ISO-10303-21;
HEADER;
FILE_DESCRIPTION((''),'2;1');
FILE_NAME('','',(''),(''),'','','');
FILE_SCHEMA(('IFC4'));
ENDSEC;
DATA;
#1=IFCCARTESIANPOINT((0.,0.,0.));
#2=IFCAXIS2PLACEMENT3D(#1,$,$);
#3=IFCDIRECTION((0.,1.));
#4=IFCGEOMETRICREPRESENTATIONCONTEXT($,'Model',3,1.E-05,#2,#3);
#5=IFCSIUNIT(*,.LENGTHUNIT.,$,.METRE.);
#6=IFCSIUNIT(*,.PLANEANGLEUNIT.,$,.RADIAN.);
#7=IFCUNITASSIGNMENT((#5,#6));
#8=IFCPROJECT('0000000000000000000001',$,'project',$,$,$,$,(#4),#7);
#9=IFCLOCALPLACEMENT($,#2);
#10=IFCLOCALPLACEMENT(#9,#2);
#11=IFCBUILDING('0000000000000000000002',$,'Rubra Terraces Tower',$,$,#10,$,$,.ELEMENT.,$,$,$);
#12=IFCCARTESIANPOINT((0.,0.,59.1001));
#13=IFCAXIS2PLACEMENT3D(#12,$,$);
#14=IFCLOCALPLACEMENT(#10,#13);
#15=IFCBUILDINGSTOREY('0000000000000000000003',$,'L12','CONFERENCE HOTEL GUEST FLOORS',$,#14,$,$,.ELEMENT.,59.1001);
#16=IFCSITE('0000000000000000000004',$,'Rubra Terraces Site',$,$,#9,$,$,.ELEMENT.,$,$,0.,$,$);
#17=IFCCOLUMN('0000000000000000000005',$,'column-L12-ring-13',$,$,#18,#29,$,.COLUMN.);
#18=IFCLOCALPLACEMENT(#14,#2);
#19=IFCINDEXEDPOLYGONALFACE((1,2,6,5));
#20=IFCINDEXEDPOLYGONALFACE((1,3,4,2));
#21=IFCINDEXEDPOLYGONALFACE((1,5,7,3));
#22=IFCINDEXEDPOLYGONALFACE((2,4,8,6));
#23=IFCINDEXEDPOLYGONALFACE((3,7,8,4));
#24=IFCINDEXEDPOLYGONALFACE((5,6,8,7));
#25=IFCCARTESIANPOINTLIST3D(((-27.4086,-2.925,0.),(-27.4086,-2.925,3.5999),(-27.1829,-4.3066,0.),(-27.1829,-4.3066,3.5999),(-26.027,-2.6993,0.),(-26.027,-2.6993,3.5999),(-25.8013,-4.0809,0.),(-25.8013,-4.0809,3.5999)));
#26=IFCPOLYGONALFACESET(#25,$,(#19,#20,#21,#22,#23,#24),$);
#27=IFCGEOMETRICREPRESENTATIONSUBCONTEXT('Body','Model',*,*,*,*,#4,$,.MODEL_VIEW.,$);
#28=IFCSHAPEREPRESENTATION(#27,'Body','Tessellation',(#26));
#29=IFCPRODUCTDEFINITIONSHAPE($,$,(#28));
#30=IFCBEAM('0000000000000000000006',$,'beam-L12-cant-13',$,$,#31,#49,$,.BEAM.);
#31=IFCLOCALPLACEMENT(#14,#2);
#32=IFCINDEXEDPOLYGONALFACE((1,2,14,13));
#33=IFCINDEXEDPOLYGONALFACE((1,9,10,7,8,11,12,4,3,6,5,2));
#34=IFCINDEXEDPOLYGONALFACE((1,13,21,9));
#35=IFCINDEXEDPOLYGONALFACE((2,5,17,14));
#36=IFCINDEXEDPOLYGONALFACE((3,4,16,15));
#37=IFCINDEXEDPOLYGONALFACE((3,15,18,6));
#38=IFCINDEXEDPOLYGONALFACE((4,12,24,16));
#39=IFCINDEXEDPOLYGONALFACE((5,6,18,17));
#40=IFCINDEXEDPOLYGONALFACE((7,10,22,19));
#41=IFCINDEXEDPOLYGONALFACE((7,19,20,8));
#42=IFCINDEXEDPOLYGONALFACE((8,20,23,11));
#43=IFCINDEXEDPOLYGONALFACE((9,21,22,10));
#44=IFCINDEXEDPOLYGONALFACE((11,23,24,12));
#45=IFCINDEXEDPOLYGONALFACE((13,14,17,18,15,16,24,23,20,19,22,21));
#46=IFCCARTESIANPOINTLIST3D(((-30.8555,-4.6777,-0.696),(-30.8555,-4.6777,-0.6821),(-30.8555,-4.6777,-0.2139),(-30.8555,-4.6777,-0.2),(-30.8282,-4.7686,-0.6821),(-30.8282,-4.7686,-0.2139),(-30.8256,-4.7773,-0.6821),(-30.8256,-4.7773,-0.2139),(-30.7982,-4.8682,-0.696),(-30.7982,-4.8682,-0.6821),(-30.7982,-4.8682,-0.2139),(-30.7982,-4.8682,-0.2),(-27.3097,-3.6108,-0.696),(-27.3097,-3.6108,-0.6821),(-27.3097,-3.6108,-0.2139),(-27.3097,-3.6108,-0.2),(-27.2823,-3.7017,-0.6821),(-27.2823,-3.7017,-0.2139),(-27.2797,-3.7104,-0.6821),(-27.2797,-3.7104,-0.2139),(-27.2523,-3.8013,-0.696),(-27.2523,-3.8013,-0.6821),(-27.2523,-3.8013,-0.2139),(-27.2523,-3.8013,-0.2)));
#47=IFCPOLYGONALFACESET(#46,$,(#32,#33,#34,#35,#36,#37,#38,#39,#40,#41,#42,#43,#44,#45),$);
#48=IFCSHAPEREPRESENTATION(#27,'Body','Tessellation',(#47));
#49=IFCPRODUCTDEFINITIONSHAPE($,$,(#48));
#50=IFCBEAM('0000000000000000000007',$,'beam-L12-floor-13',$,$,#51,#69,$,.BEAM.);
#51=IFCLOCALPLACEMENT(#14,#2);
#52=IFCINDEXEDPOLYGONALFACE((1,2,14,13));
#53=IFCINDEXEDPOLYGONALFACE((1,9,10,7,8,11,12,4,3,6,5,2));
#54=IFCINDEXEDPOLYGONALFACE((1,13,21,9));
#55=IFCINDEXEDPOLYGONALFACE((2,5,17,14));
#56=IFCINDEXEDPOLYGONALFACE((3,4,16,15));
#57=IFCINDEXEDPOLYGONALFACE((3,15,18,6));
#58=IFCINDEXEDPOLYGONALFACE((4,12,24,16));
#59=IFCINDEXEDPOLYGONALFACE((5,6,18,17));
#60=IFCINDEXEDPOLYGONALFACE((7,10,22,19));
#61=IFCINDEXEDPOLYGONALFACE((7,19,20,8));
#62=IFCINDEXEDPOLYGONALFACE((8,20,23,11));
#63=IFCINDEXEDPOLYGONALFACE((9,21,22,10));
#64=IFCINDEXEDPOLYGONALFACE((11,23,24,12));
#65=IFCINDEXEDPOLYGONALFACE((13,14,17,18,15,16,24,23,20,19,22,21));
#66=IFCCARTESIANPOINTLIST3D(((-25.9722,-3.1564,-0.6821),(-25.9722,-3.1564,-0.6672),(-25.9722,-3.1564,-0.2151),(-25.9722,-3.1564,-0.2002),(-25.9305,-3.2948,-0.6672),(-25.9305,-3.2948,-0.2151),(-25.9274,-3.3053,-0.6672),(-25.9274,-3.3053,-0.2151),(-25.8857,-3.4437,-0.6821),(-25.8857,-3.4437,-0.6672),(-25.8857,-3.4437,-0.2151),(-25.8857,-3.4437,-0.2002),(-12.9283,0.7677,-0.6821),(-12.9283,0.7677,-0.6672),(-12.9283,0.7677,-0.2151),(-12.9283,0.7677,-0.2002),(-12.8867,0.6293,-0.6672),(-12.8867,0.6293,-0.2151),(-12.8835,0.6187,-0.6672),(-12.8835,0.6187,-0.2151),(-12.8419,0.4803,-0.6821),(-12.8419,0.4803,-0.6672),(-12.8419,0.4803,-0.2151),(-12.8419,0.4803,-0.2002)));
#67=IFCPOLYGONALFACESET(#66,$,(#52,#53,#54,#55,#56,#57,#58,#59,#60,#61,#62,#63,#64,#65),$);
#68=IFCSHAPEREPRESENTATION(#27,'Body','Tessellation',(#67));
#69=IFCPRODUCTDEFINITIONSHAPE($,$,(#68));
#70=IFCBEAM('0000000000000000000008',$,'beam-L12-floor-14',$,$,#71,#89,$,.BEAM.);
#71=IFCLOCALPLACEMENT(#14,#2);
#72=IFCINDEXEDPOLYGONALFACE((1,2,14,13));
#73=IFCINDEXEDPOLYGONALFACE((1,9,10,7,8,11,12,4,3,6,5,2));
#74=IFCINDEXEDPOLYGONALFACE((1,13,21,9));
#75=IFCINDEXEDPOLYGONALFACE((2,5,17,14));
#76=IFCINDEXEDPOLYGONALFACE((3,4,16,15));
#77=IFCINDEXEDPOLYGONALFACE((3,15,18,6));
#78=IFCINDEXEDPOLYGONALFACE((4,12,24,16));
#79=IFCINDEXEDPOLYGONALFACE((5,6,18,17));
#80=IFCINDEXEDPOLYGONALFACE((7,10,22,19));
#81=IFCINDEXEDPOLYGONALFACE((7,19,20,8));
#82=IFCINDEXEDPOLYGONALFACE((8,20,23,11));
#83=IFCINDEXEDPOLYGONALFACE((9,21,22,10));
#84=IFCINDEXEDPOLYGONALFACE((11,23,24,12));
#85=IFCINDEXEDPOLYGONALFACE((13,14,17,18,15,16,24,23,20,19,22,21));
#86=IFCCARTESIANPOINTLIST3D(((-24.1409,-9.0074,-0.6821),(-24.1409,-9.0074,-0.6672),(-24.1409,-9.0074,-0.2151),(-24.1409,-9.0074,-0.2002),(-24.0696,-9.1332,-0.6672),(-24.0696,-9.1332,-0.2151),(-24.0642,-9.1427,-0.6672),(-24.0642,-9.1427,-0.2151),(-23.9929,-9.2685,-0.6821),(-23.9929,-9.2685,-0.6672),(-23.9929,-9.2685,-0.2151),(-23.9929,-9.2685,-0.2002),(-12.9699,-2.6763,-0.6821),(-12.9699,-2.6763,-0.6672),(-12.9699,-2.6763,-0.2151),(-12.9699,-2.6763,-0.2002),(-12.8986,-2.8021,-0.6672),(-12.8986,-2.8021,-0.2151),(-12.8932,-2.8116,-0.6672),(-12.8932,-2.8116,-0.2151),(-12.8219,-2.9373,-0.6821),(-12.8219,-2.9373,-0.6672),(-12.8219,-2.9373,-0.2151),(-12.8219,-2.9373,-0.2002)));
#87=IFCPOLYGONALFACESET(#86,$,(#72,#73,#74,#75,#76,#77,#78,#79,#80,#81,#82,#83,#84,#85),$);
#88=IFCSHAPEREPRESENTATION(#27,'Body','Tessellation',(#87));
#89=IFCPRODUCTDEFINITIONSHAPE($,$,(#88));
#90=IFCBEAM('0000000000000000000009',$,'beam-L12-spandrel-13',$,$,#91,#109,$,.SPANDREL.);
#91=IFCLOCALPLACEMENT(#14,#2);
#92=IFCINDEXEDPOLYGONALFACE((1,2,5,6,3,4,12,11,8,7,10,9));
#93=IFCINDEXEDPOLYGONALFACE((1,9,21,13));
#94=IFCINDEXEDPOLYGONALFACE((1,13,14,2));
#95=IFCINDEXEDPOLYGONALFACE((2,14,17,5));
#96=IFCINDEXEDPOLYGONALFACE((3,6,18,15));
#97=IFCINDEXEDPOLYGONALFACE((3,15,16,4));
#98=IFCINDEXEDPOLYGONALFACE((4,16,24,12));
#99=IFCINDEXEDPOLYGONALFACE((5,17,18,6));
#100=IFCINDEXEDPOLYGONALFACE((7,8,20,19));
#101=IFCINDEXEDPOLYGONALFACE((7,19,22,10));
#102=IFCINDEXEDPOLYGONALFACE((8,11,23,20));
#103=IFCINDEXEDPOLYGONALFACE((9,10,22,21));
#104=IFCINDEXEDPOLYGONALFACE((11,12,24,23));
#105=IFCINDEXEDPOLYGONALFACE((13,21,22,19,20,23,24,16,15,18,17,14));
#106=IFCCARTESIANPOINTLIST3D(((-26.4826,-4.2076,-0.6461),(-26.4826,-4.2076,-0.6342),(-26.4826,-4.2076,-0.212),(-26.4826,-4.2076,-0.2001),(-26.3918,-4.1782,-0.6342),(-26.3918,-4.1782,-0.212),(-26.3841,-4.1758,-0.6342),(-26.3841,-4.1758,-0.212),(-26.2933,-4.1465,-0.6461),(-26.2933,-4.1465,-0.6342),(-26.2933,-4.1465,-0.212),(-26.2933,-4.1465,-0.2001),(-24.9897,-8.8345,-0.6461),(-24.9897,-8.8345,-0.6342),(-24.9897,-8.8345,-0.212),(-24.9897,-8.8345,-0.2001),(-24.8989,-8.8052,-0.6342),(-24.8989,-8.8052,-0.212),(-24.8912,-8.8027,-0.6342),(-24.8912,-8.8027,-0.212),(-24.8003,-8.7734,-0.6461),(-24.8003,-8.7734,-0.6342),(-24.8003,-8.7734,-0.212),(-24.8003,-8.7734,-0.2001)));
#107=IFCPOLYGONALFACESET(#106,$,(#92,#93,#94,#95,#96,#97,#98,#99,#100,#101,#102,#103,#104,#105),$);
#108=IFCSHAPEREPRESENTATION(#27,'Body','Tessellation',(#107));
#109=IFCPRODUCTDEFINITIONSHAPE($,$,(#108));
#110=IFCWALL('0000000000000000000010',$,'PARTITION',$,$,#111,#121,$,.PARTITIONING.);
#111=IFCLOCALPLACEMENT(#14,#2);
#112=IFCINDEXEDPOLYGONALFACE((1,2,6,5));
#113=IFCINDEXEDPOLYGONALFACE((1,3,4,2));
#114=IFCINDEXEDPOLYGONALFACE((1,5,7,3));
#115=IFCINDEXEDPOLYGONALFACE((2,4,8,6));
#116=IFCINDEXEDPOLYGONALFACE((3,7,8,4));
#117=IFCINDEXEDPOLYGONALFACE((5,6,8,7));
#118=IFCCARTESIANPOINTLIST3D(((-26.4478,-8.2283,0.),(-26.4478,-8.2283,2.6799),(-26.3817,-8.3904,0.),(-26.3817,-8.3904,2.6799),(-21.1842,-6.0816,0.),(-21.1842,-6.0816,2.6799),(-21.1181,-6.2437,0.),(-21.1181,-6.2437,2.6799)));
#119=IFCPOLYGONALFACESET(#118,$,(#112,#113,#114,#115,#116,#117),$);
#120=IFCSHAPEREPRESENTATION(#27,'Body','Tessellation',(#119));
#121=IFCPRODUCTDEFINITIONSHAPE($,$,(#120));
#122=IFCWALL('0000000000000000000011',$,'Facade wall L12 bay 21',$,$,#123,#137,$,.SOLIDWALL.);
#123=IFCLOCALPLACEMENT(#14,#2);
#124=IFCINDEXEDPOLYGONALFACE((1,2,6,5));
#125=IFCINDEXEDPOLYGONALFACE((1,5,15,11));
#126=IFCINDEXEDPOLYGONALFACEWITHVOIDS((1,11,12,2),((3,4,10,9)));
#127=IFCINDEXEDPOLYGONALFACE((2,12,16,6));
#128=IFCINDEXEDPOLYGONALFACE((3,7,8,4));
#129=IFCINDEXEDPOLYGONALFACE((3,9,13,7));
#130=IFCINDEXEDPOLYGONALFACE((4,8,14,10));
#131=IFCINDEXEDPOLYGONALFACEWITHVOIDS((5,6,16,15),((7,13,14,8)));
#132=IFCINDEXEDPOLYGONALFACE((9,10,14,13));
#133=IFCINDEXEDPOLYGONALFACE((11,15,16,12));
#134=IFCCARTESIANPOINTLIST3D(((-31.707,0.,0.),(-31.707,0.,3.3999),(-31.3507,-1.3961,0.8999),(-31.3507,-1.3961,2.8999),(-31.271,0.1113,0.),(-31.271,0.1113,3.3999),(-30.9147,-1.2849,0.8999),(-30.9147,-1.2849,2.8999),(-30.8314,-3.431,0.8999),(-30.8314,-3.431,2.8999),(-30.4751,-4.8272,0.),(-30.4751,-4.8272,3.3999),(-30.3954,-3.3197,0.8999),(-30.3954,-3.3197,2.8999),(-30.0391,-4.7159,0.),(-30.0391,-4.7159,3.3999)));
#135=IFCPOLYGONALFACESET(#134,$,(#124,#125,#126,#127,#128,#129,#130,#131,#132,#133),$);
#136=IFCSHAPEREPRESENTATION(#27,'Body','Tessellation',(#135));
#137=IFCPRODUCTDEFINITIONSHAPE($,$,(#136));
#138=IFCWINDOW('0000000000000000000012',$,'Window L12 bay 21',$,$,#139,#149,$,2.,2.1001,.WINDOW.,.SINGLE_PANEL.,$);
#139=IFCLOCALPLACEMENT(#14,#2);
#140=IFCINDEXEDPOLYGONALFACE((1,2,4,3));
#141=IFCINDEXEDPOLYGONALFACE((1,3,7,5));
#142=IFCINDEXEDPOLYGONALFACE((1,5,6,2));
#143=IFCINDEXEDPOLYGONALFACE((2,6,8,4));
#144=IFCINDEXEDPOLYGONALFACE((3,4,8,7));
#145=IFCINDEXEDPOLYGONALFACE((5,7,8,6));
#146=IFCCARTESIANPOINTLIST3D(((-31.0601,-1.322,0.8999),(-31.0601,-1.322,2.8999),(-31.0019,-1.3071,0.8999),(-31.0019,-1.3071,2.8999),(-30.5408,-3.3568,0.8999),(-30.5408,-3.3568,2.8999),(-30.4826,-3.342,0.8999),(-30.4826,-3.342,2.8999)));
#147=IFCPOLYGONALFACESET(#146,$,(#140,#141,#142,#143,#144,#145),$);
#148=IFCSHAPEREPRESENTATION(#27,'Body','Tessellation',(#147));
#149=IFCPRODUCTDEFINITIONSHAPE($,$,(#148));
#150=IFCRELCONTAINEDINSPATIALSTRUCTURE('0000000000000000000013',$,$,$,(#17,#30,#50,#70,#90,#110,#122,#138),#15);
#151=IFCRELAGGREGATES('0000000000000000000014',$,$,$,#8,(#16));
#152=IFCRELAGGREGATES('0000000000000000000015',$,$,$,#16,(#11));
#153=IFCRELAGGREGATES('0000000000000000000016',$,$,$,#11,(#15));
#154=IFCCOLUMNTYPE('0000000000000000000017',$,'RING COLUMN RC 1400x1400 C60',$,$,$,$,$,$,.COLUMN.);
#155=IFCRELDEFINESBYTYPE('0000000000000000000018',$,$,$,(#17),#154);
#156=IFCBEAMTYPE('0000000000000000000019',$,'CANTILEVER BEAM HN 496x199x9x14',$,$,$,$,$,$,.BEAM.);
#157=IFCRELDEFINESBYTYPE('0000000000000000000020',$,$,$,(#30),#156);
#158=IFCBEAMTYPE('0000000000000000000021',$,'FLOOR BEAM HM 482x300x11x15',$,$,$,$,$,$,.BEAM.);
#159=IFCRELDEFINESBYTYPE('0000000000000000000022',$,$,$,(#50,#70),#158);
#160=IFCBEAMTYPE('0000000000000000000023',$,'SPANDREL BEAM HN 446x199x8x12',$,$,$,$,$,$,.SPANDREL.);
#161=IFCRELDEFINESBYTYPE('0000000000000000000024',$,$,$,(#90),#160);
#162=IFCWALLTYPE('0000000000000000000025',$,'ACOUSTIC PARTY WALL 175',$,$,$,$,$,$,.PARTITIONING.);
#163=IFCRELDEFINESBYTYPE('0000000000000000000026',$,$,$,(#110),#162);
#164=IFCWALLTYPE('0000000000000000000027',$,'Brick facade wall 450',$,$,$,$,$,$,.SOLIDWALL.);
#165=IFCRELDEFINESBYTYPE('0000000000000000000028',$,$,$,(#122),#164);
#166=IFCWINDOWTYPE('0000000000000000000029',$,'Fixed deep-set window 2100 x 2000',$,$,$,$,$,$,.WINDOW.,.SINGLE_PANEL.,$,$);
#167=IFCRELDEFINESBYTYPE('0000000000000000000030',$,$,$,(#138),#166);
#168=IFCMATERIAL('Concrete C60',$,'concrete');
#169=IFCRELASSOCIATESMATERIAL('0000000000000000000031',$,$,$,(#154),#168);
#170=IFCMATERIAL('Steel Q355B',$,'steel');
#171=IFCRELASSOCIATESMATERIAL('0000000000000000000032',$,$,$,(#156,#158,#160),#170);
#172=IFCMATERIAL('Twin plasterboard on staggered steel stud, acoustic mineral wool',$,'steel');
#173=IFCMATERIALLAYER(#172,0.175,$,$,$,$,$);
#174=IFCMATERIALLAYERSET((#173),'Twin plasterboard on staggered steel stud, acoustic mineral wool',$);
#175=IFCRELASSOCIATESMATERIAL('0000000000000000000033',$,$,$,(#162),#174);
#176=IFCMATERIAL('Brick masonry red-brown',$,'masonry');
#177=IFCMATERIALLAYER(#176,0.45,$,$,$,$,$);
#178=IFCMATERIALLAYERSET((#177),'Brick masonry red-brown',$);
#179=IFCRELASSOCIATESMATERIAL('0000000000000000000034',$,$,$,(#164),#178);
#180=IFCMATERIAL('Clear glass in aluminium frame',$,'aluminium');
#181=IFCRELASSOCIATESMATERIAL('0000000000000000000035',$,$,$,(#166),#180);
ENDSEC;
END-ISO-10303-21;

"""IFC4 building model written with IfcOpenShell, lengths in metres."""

from ifc_helpers import new_model, si_unit, direction, frame, frame_2d, origin, origin_2d, place, context, subcontext, project, spatial, rectangle, i_section, extrude, material, layer, layer_set, material_profile, profile_set, type_object, element, fill, save


model = new_model("IFC4")

# Units and contexts
model_context = context("Model", 3, precision=1e-05, world=origin(), true_north=direction((0.0, 1.0)))
body_context = subcontext(model_context, "Body", "Model", "MODEL_VIEW")
ifc_project = project(units=[si_unit("LENGTHUNIT", "METRE"), si_unit("PLANEANGLEUNIT", "RADIAN")], contexts=[model_context])

# Site, building, storey
site_placement = place(None, origin())
site = spatial("IfcSite", under=ifc_project, at=site_placement, Name="Rubra Terraces Site", CompositionType="ELEMENT", RefElevation=0.0)
building_placement = place(site_placement, origin())
building = spatial("IfcBuilding", under=site, at=building_placement, Name="Rubra Terraces Tower", CompositionType="ELEMENT")
storey_placement = place(building_placement, frame((0.0, 0.0, 59.1001)))
storey = spatial("IfcBuildingStorey", under=building, at=storey_placement, Name="L12", Description="CONFERENCE HOTEL GUEST FLOORS", CompositionType="ELEMENT", Elevation=59.1001)

# Column
ifc_material_1 = material(Name="Concrete C60", Category="concrete")
ifc_material_profile_1 = material_profile(ifc_material_1, rectangle(XDim=1.3999, YDim=1.3999, at=origin_2d()), Name="RC 1400x1400")
ifc_profile_set_1 = profile_set([ifc_material_profile_1], Name="Concrete C60")
column_type = type_object("IfcColumnType", Name="RING COLUMN RC 1400x1400 C60", PredefinedType="COLUMN", material=ifc_profile_set_1)
column_placement = place(storey_placement, frame((-26.605, -3.5029, 0.0), z_axis=(0.0, 0.0, 1.0), x_axis=(0.161234, -0.986916, 0.0)))
element("IfcColumn", 1, at=column_placement, inside=storey, type_object=column_type, Name="column-L12-ring-13", PredefinedType="COLUMN", context=body_context, shape_type="SweptSolid", body=[
    extrude(rectangle(XDim=1.3999, YDim=1.3999, at=origin_2d()), origin(), (0.0, 0.0, 1.0), 3.5999),
])

# Beams
ifc_material_2 = material(Name="Steel Q355B", Category="steel")
ifc_material_profile_2 = material_profile(ifc_material_2, i_section(OverallWidth=0.199, OverallDepth=0.4961, WebThickness=0.009, FlangeThickness=0.0139, at=origin_2d()), Name="HN 496x199x9x14")
ifc_profile_set_2 = profile_set([ifc_material_profile_2], Name="Steel Q355B")
beam_type_1 = type_object("IfcBeamType", Name="CANTILEVER BEAM HN 496x199x9x14", PredefinedType="BEAM", material=ifc_profile_set_2)
beam_1_placement = place(storey_placement, frame((-27.281, -3.7061, -0.448), z_axis=(-0.957594, -0.288122, 0.0), x_axis=(0.288122, -0.957594, 0.0)))
element("IfcBeam", 2, at=beam_1_placement, inside=storey, type_object=beam_type_1, Name="beam-L12-cant-13", PredefinedType="BEAM", context=body_context, shape_type="SweptSolid", body=[
    extrude(i_section(OverallWidth=0.199, OverallDepth=0.4961, WebThickness=0.009, FlangeThickness=0.0139, at=origin_2d()), origin(), (0.0, 0.0, 1.0), 3.7029),
])
ifc_material_profile_3 = material_profile(ifc_material_2, i_section(OverallWidth=0.3, OverallDepth=0.4819, WebThickness=0.011, FlangeThickness=0.0149, at=origin_2d()), Name="HM 482x300x11x15")
ifc_profile_set_3 = profile_set([ifc_material_profile_3], Name="Steel Q355B")
beam_type_2 = type_object("IfcBeamType", Name="FLOOR BEAM HM 482x300x11x15", PredefinedType="BEAM", material=ifc_profile_set_3)
beam_2_placement = place(storey_placement, frame((-25.929, -3.3, -0.4412), z_axis=(0.957606, 0.288081, 0.0), x_axis=(-0.288081, 0.957606, 0.0)))
element("IfcBeam", 3, at=beam_2_placement, inside=storey, type_object=beam_type_2, Name="beam-L12-floor-13", PredefinedType="BEAM", context=body_context, shape_type="SweptSolid", body=[
    extrude(i_section(OverallWidth=0.3, OverallDepth=0.4819, WebThickness=0.011, FlangeThickness=0.0149, at=origin_2d()), origin(), (0.0, 0.0, 1.0), 13.6213),
])
beam_3_placement = place(storey_placement, frame((-24.0669, -9.1379, -0.4412), z_axis=(0.869993, 0.493064, 0.0), x_axis=(-0.493064, 0.869993, 0.0)))
element("IfcBeam", 4, at=beam_3_placement, inside=storey, type_object=beam_type_2, Name="beam-L12-floor-14", PredefinedType="BEAM", context=body_context, shape_type="SweptSolid", body=[
    extrude(i_section(OverallWidth=0.3, OverallDepth=0.4819, WebThickness=0.011, FlangeThickness=0.0149, at=origin_2d()), origin(), (0.0, 0.0, 1.0), 12.8403),
])
ifc_material_profile_4 = material_profile(ifc_material_2, i_section(OverallWidth=0.199, OverallDepth=0.446, WebThickness=0.0081, FlangeThickness=0.012, at=origin_2d()), Name="HN 446x199x8x12")
ifc_profile_set_4 = profile_set([ifc_material_profile_4], Name="Steel Q355B")
beam_type_3 = type_object("IfcBeamType", Name="SPANDREL BEAM HN 446x199x8x12", PredefinedType="SPANDREL", material=ifc_profile_set_4)
beam_4_placement = place(storey_placement, frame((-26.3879, -4.177, -0.4231), z_axis=(0.307069, -0.951687, 0.0), x_axis=(0.951687, 0.307069, 0.0)))
element("IfcBeam", 5, at=beam_4_placement, inside=storey, type_object=beam_type_3, Name="beam-L12-spandrel-13", PredefinedType="SPANDREL", context=body_context, shape_type="SweptSolid", body=[
    extrude(i_section(OverallWidth=0.199, OverallDepth=0.446, WebThickness=0.0081, FlangeThickness=0.012, at=origin_2d()), origin(), (0.0, 0.0, 1.0), 4.8618),
])

# Wall
ifc_material_3 = material(Name="Twin plasterboard on staggered steel stud, acoustic mineral wool", Category="steel")
ifc_layer_1 = layer(ifc_material_3, 0.175)
ifc_layer_set_1 = layer_set([ifc_layer_1], Name="Twin plasterboard on staggered steel stud, acoustic mineral wool")
wall_type_1 = type_object("IfcWallType", Name="ACOUSTIC PARTY WALL 175", PredefinedType="PARTITIONING", material=ifc_layer_set_1)
wall_1_placement = place(storey_placement, frame((-26.4148, -8.3093, 0.0), z_axis=(0.0, 0.0, 1.0), x_axis=(0.925953, 0.377639, 0.0)))
element("IfcWall", 6, at=wall_1_placement, inside=storey, type_object=wall_type_1, Name="PARTITION", PredefinedType="PARTITIONING", context=body_context, shape_type="SweptSolid", body=[
    extrude(rectangle(XDim=5.6846, YDim=0.175, at=frame_2d((2.8423, 0.0))), origin(), (0.0, 0.0, 1.0), 2.6799),
])

# Wall, opening, window
ifc_material_4 = material(Name="Brick masonry red-brown", Category="masonry")
ifc_layer_2 = layer(ifc_material_4, 0.45)
ifc_layer_set_2 = layer_set([ifc_layer_2], Name="Brick masonry red-brown")
wall_type_2 = type_object("IfcWallType", Name="Brick facade wall 450", PredefinedType="SOLIDWALL", material=ifc_layer_set_2)
wall_2_placement = place(storey_placement, frame((-31.489, 0.0557, 0.0), z_axis=(0.0, 0.0, 1.0), x_axis=(0.247283, -0.968943, 0.0)))
wall_2 = element("IfcWall", 7, at=wall_2_placement, inside=storey, type_object=wall_type_2, Name="Facade wall L12 bay 21", PredefinedType="SOLIDWALL", context=body_context, shape_type="SweptSolid", body=[
    extrude(rectangle(XDim=4.9819, YDim=0.45, at=frame_2d((2.491, 0.0))), origin(), (0.0, 0.0, 1.0), 3.3999),
])
opening_1_placement = place(wall_2_placement, frame((1.4409, 0.0, 0.8999)))
opening_1 = element("IfcOpeningElement", 8, at=opening_1_placement, cuts=wall_2, PredefinedType="OPENING", context=body_context, shape_type="SweptSolid", body=[
    extrude(rectangle(XDim=2.1001, YDim=2.0, at=frame_2d((1.05, 1.0))), frame((0.0, 0.2349, 0.0), z_axis=(0.0, -1.0, 0.0), x_axis=(1.0, 0.0, 0.0)), (0.0, 0.0, 1.0), 0.47),
])
ifc_material_5 = material(Name="Clear glass in aluminium frame", Category="aluminium")
window_type_1 = type_object("IfcWindowType", Name="Fixed deep-set window 2100 x 2000", PartitioningType="SINGLE_PANEL", PredefinedType="WINDOW", material=ifc_material_5)
window_1_placement = place(opening_1_placement, origin())
window_1 = element("IfcWindow", 9, at=window_1_placement, inside=storey, type_object=window_type_1, Name="Window L12 bay 21", OverallHeight=2.0, OverallWidth=2.1001, PartitioningType="SINGLE_PANEL", PredefinedType="WINDOW", context=body_context, shape_type="SweptSolid", body=[
    extrude(rectangle(XDim=2.1001, YDim=2.0, at=frame_2d((1.05, 1.0))), frame((0.0, 0.135, 0.0), z_axis=(0.0, -1.0, 0.0), x_axis=(1.0, 0.0, 0.0)), (0.0, 0.0, 1.0), 0.0601),
])
fill(opening_1, window_1)

save(model, "model.ifc")
